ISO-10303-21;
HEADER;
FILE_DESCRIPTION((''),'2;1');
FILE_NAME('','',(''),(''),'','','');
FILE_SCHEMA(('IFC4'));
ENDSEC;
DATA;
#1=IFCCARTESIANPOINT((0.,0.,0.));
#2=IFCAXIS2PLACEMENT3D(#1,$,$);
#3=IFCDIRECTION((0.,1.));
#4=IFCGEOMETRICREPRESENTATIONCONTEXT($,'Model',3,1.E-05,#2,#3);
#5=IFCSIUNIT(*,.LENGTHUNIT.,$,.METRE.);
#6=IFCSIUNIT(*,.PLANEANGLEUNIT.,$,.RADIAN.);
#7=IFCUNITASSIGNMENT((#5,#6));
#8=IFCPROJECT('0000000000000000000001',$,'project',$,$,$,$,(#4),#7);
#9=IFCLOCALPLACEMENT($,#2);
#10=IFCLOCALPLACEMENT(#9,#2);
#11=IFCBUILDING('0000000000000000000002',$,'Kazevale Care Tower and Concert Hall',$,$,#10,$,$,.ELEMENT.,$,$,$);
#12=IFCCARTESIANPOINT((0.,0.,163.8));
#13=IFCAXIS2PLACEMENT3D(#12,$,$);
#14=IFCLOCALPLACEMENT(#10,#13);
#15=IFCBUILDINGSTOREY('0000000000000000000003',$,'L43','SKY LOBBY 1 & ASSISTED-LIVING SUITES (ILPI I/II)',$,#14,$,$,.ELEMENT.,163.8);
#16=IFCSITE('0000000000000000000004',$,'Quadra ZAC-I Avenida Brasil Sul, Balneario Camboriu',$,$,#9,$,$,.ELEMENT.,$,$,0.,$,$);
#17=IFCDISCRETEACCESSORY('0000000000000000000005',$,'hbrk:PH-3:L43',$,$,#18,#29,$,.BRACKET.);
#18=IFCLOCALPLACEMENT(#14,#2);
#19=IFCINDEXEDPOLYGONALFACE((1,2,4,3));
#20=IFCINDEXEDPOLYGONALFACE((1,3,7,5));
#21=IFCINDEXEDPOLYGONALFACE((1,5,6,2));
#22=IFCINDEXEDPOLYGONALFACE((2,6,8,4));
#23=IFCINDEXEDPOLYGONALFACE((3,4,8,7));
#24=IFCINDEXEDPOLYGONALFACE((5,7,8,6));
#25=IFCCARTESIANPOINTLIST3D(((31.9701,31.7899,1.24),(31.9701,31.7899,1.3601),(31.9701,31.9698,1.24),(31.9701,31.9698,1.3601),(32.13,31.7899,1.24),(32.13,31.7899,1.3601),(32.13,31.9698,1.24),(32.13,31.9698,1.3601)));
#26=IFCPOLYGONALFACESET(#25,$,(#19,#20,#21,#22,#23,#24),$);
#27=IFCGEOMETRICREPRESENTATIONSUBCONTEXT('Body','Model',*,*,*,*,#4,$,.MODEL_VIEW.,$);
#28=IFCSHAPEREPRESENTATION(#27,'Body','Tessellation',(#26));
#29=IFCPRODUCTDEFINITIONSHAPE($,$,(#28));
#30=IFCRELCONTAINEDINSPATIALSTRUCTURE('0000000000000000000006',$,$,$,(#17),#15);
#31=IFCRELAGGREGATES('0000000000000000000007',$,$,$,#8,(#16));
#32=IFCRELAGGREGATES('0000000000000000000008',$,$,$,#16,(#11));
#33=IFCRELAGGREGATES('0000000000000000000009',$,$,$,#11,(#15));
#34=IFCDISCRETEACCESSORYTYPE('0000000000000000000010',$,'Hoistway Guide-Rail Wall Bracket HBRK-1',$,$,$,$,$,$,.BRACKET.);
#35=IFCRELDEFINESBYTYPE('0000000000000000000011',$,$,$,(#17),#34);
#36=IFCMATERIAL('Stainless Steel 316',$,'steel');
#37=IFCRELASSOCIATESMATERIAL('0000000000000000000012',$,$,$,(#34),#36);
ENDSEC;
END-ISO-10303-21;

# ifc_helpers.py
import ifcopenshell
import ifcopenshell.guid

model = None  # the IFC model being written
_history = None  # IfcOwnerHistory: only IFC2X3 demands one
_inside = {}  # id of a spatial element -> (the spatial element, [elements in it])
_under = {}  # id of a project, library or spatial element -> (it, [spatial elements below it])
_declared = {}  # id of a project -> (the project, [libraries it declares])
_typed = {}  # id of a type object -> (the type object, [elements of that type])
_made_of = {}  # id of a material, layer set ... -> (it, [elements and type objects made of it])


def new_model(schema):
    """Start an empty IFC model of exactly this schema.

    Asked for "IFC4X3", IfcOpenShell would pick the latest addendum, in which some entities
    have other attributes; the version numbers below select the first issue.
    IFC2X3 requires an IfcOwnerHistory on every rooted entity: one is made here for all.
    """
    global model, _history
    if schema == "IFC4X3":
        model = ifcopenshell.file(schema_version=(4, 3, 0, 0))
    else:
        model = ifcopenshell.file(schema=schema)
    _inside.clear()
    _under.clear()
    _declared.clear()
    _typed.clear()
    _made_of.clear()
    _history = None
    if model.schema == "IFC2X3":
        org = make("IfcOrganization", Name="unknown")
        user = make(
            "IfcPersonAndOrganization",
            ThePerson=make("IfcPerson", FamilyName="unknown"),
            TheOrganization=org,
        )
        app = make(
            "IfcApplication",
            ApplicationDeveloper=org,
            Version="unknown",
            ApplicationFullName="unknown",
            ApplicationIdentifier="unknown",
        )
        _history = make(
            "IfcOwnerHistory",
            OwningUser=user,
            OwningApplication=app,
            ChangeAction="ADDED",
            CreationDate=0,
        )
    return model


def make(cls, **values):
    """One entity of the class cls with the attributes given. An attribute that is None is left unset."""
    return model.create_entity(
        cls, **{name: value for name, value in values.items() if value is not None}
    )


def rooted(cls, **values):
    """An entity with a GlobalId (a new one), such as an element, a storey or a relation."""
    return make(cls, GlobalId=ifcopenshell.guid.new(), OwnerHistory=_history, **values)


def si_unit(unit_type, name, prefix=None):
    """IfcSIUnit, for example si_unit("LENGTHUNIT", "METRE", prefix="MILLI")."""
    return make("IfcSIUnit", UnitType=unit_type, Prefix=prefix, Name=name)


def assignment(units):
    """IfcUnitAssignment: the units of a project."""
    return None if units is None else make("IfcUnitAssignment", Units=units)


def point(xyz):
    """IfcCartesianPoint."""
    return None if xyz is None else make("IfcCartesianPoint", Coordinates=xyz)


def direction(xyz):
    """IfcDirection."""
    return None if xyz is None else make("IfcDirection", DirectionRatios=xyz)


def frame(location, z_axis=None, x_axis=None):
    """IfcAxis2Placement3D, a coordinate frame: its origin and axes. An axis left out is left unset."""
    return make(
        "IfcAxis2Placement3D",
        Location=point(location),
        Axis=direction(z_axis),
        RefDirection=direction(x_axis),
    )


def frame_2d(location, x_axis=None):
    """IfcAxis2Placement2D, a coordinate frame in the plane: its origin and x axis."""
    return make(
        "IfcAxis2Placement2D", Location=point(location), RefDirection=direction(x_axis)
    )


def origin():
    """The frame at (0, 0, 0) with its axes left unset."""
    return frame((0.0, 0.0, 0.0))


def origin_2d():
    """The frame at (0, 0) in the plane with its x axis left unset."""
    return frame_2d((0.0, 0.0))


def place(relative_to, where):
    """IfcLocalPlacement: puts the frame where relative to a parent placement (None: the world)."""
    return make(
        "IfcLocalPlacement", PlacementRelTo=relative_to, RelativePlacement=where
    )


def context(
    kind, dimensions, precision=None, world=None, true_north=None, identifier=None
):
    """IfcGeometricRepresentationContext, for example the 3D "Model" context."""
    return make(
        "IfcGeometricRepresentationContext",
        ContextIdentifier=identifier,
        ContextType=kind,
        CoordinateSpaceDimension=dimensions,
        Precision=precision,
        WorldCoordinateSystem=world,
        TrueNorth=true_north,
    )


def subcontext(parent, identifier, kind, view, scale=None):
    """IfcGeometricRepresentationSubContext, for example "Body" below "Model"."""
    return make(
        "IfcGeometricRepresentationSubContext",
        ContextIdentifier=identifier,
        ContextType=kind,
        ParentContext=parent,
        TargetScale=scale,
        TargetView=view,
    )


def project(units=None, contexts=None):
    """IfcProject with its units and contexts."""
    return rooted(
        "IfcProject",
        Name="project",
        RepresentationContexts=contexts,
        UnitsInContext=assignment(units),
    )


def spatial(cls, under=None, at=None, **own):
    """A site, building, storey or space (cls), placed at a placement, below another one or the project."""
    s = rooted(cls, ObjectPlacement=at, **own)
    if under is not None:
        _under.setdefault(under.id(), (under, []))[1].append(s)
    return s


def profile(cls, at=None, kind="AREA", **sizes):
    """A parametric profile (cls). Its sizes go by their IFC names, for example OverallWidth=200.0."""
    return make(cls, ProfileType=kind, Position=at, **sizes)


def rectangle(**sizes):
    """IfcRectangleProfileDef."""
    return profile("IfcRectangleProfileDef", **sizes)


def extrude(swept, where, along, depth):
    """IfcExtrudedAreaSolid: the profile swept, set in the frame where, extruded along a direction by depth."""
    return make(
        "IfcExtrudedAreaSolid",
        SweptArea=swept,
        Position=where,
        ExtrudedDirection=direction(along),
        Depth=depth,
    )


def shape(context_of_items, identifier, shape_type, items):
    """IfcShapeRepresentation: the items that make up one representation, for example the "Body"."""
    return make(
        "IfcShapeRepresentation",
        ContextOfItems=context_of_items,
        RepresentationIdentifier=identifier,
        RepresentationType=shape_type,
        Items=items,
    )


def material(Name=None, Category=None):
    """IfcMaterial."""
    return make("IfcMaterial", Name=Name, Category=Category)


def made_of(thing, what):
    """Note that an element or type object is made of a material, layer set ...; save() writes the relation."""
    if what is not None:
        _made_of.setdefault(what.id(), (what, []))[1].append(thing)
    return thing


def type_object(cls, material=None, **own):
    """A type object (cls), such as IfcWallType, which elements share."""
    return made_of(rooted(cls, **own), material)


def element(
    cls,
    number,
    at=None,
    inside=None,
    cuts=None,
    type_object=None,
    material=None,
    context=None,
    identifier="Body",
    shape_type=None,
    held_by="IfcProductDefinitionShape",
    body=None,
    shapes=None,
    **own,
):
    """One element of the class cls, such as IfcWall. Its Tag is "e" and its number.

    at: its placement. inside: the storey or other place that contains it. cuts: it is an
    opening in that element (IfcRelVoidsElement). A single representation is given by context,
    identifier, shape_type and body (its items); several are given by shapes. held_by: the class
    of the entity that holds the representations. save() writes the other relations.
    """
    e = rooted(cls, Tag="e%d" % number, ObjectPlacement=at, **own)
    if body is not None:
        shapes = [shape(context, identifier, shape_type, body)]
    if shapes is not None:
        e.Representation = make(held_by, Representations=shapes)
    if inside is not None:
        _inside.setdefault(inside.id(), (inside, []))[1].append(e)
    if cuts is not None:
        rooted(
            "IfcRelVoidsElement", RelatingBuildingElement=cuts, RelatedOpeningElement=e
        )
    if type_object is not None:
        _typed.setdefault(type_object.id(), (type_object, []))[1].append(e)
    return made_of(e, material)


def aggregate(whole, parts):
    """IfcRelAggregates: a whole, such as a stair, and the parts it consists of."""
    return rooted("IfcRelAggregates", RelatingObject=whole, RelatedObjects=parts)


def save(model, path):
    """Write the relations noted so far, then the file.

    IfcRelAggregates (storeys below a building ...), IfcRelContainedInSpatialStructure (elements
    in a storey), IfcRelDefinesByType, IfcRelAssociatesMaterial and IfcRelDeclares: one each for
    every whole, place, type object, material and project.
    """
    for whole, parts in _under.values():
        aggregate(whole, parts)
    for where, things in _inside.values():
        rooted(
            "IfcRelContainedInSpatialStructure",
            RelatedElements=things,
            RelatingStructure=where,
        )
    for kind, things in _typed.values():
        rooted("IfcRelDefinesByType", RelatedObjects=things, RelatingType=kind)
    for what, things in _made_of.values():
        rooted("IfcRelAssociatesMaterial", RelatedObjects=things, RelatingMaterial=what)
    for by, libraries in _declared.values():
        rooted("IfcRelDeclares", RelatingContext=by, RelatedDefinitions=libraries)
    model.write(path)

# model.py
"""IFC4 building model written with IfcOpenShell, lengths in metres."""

from ifc_helpers import new_model, si_unit, direction, frame, origin, origin_2d, place, context, subcontext, project, spatial, rectangle, extrude, material, type_object, element, save


model = new_model("IFC4")

# Units and contexts
model_context = context("Model", 3, precision=1e-05, world=origin(), true_north=direction((0.0, 1.0)))
body_context = subcontext(model_context, "Body", "Model", "MODEL_VIEW")
ifc_project = project(units=[si_unit("LENGTHUNIT", "METRE"), si_unit("PLANEANGLEUNIT", "RADIAN")], contexts=[model_context])

# Site, building, storey
site_placement = place(None, origin())
site = spatial("IfcSite", under=ifc_project, at=site_placement, Name="Quadra ZAC-I Avenida Brasil Sul, Balneario Camboriu", CompositionType="ELEMENT", RefElevation=0.0)
building_placement = place(site_placement, origin())
building = spatial("IfcBuilding", under=site, at=building_placement, Name="Kazevale Care Tower and Concert Hall", CompositionType="ELEMENT")
storey_placement = place(building_placement, frame((0.0, 0.0, 163.8)))
storey = spatial("IfcBuildingStorey", under=building, at=storey_placement, Name="L43", Description="SKY LOBBY 1 & ASSISTED-LIVING SUITES (ILPI I/II)", CompositionType="ELEMENT", Elevation=163.8)

# Shared definitions
ifc_material_1 = material(Name="Stainless Steel 316", Category="steel")

# Discrete accessory
discrete_accessory_type = type_object("IfcDiscreteAccessoryType", Name="Hoistway Guide-Rail Wall Bracket HBRK-1", PredefinedType="BRACKET", material=ifc_material_1)
for number, where, z_axis, x_axis, name in (
    (1, (32.05, 31.8799, 1.24), (0.0, 0.0, 1.0), (1.0, 0.0, 0.0), "hbrk:PH-3:L43"),
):
    element("IfcDiscreteAccessory", number, at=place(storey_placement, frame(where, z_axis=z_axis, x_axis=x_axis)), inside=storey, type_object=discrete_accessory_type, Name=name, PredefinedType="BRACKET", context=body_context, shape_type="SweptSolid", body=[
        extrude(rectangle(XDim=0.1599, YDim=0.1799, at=origin_2d()), origin(), (0.0, 0.0, 1.0), 0.1201),
    ])

save(model, "model.ifc")
